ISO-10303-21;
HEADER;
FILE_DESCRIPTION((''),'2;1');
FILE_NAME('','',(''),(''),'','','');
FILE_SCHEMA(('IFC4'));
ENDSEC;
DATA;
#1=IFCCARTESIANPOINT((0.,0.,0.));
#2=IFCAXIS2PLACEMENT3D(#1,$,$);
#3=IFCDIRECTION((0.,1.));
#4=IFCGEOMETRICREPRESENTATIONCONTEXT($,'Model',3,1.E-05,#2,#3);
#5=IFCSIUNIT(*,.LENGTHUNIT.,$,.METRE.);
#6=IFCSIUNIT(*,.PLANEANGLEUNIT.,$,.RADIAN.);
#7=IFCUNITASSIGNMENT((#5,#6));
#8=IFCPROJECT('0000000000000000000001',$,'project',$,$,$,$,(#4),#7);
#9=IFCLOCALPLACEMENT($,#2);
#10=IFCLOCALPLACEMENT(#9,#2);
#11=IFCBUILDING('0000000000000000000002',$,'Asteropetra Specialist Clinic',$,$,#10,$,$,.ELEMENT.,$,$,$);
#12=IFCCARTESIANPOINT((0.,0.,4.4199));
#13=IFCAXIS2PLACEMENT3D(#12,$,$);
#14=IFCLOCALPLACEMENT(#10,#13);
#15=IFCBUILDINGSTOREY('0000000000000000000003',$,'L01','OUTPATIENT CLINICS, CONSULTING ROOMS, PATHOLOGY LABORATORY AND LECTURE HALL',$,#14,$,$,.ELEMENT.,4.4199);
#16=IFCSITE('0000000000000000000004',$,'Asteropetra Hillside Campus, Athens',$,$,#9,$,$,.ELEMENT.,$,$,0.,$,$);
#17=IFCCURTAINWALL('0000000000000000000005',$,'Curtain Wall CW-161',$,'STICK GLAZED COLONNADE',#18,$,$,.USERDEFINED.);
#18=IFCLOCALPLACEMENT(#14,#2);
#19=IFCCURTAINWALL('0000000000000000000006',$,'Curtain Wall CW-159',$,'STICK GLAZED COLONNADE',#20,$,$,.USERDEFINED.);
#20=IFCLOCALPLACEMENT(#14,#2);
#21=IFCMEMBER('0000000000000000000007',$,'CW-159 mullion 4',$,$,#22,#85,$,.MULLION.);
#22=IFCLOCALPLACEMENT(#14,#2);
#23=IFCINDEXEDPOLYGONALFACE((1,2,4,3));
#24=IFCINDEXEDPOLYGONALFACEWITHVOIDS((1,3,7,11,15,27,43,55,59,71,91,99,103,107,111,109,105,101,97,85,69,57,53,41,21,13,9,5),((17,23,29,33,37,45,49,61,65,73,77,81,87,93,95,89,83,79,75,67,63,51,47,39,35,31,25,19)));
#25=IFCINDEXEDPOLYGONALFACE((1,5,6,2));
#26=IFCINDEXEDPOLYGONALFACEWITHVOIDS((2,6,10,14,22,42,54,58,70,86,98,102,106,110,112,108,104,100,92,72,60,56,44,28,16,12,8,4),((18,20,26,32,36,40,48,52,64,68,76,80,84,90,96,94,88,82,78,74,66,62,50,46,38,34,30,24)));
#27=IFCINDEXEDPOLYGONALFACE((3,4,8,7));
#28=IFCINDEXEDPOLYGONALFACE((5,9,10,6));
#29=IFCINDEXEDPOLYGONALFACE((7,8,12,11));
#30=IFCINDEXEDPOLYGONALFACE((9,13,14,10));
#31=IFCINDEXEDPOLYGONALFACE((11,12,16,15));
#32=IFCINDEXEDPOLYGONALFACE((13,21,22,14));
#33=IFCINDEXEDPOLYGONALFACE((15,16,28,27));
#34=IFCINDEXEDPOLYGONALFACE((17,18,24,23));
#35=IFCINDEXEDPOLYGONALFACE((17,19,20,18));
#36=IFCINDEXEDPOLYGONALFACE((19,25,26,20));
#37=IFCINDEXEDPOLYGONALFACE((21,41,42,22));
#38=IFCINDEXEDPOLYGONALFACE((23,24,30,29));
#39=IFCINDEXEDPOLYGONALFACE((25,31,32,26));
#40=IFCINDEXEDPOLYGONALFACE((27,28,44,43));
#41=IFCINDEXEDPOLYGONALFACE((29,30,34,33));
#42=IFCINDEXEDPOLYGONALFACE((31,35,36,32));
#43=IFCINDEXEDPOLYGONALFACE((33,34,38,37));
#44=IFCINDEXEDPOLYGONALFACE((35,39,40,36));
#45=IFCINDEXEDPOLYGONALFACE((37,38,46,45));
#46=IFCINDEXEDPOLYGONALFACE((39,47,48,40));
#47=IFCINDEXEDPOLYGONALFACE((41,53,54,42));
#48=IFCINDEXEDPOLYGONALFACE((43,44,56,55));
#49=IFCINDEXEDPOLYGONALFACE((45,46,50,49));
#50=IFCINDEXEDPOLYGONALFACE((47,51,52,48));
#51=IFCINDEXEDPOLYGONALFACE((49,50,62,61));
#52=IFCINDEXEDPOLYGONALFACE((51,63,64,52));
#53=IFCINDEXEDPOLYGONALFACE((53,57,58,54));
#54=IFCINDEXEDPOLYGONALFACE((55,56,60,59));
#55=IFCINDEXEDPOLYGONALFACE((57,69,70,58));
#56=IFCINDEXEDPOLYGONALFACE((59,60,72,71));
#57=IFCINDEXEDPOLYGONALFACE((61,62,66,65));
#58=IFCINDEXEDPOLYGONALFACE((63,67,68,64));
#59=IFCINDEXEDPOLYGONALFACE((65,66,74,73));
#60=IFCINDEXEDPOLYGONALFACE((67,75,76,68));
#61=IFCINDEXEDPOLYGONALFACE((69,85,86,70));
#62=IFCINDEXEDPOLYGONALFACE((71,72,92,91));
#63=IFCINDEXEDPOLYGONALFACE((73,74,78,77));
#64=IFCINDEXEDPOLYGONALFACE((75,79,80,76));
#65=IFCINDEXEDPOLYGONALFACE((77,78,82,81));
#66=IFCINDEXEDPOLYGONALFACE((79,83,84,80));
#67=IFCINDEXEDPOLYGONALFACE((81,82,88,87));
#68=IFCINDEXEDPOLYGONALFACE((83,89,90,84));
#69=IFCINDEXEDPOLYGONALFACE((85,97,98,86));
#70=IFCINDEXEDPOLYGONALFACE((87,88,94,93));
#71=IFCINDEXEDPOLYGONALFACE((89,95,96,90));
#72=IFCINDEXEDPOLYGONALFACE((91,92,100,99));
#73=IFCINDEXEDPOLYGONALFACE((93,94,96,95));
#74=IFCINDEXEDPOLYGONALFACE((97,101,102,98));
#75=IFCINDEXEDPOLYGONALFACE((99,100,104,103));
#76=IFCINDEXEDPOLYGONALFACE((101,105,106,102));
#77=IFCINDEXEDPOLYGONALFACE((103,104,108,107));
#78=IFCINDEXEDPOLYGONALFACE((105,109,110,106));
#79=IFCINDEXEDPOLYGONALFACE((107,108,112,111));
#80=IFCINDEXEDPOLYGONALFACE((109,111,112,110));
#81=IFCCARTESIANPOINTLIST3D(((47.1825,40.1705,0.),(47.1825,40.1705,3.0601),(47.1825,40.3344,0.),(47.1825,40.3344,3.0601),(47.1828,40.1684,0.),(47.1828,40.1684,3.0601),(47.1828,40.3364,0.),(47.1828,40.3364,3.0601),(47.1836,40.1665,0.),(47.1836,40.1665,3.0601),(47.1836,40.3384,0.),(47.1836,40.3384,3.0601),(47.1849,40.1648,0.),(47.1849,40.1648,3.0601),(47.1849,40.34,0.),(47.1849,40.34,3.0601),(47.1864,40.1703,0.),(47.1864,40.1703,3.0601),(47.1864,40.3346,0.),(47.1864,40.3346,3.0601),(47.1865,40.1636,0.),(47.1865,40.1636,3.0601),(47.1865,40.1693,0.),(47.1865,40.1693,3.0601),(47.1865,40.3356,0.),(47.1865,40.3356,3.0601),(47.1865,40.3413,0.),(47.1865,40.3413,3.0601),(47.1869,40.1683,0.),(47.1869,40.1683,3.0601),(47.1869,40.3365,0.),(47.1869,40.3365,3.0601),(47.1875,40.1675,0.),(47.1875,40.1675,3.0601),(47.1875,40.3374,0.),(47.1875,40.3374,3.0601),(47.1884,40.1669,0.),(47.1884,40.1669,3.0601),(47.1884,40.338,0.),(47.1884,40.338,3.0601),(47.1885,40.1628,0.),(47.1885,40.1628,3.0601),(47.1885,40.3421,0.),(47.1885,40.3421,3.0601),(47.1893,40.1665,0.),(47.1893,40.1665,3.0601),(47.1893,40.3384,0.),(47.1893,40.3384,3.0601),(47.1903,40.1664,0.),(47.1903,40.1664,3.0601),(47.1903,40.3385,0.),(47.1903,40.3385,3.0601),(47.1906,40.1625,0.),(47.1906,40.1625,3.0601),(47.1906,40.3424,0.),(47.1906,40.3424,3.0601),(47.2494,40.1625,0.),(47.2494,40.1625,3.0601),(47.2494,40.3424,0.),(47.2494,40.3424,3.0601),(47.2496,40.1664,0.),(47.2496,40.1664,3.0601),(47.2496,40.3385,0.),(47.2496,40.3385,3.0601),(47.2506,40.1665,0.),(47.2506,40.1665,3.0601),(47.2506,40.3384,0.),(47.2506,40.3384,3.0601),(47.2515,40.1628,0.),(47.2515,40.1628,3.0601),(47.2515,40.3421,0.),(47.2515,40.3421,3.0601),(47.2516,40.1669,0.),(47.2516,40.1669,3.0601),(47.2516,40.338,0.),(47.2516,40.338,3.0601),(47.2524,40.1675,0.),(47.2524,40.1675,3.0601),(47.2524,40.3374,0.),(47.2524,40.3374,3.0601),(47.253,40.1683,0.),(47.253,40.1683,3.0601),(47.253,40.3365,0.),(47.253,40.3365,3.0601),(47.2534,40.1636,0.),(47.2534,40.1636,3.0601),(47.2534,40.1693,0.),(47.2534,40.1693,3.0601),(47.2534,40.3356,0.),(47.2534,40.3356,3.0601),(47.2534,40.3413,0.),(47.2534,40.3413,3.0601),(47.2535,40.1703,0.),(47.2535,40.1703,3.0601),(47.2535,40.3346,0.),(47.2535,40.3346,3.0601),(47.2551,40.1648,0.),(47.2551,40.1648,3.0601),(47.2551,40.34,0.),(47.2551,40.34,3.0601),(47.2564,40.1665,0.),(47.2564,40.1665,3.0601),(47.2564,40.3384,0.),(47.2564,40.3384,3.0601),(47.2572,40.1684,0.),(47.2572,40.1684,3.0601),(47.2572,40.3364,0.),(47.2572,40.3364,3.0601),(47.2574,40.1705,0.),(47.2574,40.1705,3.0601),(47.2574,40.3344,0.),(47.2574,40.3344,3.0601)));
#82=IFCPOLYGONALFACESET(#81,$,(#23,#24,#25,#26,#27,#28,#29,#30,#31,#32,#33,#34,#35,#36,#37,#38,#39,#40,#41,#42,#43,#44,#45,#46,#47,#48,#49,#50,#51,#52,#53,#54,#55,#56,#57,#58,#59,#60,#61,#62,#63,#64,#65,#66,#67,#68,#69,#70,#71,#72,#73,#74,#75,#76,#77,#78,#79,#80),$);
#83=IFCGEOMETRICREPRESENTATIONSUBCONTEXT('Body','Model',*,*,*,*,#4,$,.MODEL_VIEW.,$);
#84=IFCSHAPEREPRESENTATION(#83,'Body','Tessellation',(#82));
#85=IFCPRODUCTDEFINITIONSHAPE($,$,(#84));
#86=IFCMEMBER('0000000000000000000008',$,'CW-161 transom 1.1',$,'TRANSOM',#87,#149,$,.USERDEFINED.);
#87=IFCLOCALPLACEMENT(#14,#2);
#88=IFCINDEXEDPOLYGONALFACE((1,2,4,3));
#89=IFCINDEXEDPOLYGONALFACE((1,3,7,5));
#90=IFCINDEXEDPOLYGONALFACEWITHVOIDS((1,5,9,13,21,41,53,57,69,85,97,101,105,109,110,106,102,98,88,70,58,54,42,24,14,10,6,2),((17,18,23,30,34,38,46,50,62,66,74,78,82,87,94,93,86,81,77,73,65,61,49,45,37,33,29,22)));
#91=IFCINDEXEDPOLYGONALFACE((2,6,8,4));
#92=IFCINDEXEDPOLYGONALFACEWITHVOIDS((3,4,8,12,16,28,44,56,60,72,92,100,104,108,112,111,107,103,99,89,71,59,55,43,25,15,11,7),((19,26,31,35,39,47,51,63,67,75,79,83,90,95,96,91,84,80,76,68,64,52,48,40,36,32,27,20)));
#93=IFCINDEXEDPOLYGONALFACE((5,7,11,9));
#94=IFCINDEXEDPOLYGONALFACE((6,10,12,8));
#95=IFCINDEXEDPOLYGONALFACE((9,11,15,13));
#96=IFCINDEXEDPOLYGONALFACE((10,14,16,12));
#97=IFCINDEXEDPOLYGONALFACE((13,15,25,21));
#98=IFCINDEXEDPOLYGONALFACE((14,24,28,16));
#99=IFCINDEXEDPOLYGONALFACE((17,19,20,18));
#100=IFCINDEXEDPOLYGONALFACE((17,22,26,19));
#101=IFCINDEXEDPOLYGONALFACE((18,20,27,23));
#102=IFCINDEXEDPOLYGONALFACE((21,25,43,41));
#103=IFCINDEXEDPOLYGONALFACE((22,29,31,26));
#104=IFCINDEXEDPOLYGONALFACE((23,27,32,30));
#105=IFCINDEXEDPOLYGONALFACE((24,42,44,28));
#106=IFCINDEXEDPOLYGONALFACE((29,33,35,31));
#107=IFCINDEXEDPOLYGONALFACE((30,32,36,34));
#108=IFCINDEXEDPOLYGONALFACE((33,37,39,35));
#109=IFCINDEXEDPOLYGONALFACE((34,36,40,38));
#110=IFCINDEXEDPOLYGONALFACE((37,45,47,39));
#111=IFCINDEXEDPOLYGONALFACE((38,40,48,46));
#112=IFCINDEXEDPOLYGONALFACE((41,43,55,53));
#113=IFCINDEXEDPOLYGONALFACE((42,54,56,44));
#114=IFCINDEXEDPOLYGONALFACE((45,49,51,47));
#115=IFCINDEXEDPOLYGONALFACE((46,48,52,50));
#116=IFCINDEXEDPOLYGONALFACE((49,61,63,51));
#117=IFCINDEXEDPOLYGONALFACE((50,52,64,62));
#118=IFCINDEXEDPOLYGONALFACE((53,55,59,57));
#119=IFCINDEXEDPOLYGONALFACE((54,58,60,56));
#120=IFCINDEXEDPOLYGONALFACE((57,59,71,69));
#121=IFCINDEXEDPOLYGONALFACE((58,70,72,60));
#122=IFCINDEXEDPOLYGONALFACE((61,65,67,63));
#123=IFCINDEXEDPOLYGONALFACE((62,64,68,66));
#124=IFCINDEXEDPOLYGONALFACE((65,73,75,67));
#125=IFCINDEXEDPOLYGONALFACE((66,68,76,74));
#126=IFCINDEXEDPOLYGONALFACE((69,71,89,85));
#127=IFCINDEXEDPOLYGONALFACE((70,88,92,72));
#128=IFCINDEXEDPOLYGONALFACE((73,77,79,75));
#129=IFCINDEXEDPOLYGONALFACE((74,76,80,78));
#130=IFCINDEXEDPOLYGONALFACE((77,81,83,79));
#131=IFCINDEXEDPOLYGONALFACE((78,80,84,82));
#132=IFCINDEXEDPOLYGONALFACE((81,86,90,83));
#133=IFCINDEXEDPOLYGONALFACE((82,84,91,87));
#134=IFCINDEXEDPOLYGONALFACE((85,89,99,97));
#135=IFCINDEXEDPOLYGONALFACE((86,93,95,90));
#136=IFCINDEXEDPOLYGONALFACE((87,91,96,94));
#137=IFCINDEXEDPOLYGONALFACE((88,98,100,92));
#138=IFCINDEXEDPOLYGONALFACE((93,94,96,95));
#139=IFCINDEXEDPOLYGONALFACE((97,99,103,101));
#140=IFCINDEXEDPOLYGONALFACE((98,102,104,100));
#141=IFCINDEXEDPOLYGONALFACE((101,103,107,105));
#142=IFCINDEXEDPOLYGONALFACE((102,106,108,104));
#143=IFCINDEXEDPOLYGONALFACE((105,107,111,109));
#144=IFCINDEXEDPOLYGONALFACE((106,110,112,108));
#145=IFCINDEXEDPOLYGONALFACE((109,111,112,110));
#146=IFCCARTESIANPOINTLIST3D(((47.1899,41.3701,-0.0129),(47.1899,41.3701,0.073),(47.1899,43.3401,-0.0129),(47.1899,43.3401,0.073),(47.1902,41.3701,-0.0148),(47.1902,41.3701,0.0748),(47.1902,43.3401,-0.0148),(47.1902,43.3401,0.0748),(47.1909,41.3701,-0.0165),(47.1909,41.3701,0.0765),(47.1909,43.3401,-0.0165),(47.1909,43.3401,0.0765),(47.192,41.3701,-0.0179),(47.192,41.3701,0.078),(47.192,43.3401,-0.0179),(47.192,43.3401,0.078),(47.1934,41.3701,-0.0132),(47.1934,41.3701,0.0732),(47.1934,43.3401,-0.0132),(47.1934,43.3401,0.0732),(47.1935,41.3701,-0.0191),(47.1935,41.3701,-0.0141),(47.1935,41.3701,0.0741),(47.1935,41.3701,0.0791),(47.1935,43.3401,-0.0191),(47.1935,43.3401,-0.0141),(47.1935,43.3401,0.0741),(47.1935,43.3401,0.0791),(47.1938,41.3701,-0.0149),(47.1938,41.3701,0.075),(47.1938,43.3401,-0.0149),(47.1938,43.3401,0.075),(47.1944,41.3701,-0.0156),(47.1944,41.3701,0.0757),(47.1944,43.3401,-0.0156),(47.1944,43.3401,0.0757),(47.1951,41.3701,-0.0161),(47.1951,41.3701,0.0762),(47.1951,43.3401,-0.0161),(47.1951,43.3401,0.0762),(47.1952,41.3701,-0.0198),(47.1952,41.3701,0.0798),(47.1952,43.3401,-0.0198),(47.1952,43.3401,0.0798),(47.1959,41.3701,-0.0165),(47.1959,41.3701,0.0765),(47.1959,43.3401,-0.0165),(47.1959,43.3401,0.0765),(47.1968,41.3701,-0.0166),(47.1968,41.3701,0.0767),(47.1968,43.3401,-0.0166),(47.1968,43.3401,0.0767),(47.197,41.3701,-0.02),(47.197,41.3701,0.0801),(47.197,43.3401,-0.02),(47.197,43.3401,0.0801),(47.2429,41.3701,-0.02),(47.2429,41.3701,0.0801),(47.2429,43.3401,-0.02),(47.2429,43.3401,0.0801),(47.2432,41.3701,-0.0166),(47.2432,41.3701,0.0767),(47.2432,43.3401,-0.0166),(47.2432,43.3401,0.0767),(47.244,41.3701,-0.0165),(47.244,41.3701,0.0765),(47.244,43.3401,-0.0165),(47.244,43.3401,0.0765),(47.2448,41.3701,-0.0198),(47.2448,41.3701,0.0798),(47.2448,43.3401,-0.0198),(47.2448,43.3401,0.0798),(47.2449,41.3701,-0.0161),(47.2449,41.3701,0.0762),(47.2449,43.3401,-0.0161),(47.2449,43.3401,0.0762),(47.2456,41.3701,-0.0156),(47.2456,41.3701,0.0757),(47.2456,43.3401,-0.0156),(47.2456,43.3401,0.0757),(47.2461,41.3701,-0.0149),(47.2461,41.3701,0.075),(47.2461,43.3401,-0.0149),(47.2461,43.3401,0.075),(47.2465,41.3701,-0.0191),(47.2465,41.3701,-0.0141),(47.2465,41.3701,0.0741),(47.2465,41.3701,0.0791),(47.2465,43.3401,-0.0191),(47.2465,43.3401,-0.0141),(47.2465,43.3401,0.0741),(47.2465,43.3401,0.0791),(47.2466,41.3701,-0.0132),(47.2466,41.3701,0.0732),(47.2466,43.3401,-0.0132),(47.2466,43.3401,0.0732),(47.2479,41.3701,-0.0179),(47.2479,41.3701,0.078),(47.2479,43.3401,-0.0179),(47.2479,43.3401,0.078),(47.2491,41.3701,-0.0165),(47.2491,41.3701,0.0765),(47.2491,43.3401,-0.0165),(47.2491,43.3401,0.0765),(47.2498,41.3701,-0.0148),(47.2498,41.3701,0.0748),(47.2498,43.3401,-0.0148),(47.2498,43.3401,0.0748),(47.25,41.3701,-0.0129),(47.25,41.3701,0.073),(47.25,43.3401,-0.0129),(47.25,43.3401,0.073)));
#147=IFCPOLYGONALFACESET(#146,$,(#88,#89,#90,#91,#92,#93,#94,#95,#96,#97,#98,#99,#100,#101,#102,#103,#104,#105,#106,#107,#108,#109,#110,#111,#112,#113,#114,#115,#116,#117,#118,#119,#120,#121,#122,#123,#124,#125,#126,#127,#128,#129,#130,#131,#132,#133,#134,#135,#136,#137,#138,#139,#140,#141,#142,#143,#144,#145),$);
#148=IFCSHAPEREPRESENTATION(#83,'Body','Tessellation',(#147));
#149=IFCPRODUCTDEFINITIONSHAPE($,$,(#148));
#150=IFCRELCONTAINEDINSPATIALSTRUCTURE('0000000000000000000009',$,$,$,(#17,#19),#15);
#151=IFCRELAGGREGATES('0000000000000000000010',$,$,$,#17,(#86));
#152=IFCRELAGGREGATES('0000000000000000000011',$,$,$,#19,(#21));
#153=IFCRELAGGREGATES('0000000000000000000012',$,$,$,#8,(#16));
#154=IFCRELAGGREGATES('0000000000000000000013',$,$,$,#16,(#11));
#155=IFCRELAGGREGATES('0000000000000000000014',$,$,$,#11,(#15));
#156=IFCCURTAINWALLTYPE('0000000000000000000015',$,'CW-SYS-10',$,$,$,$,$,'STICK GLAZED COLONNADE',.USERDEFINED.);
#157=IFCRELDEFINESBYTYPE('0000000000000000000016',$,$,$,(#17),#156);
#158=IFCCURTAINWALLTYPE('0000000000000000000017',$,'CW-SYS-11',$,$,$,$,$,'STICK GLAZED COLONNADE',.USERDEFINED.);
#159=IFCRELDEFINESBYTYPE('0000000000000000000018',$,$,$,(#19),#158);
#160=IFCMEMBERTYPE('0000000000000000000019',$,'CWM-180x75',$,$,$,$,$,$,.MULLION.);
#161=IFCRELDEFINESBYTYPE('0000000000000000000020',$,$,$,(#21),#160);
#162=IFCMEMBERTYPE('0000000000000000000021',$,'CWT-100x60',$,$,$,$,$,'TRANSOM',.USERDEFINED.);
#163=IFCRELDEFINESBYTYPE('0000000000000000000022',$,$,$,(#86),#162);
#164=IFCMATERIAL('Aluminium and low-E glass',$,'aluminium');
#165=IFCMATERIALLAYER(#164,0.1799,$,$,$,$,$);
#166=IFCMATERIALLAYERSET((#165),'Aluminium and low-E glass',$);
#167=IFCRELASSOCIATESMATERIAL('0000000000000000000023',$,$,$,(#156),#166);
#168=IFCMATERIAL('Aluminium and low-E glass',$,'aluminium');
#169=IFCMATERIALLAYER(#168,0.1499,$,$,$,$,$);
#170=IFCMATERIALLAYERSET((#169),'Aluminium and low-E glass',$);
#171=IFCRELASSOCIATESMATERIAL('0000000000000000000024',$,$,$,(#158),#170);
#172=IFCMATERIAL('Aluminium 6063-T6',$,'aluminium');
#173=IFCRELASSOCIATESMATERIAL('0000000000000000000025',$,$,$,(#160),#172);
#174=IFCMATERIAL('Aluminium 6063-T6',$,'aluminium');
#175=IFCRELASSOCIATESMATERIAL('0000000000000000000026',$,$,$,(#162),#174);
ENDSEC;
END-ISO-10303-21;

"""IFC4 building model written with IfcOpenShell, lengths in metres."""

from ifc_helpers import new_model, si_unit, direction, frame, origin, origin_2d, place, context, subcontext, project, spatial, hollow_rectangle, extrude, material, layer, layer_set, material_profile, profile_set, type_object, element, aggregate, save


model = new_model("IFC4")

# Units and contexts
model_context = context("Model", 3, precision=1e-05, world=origin(), true_north=direction((0.0, 1.0)))
body_context = subcontext(model_context, "Body", "Model", "MODEL_VIEW")
ifc_project = project(units=[si_unit("LENGTHUNIT", "METRE"), si_unit("PLANEANGLEUNIT", "RADIAN")], contexts=[model_context])

# Site, building, storey
site_placement = place(None, origin())
site = spatial("IfcSite", under=ifc_project, at=site_placement, Name="Asteropetra Hillside Campus, Athens", CompositionType="ELEMENT", RefElevation=0.0)
building_placement = place(site_placement, origin())
building = spatial("IfcBuilding", under=site, at=building_placement, Name="Asteropetra Specialist Clinic", CompositionType="ELEMENT")
storey_placement = place(building_placement, frame((0.0, 0.0, 4.4199)))
storey = spatial("IfcBuildingStorey", under=building, at=storey_placement, Name="L01", Description="OUTPATIENT CLINICS, CONSULTING ROOMS, PATHOLOGY LABORATORY AND LECTURE HALL", CompositionType="ELEMENT", Elevation=4.4199)

# Curtain wall
ifc_material_1 = material(Name="Aluminium and low-E glass", Category="aluminium")
ifc_layer_1 = layer(ifc_material_1, 0.1799)
ifc_layer_set_1 = layer_set([ifc_layer_1], Name="Aluminium and low-E glass")
curtain_wall_type_1 = type_object("IfcCurtainWallType", Name="CW-SYS-10", ElementType="STICK GLAZED COLONNADE", PredefinedType="USERDEFINED", material=ifc_layer_set_1)
curtain_wall_1_placement = place(storey_placement, origin())
curtain_wall_1 = element("IfcCurtainWall", 1, at=curtain_wall_1_placement, inside=storey, type_object=curtain_wall_type_1, Name="Curtain Wall CW-161", ObjectType="STICK GLAZED COLONNADE", PredefinedType="USERDEFINED")

# Curtain wall, member
ifc_material_2 = material(Name="Aluminium and low-E glass", Category="aluminium")
ifc_layer_2 = layer(ifc_material_2, 0.1499)
ifc_layer_set_2 = layer_set([ifc_layer_2], Name="Aluminium and low-E glass")
curtain_wall_type_2 = type_object("IfcCurtainWallType", Name="CW-SYS-11", ElementType="STICK GLAZED COLONNADE", PredefinedType="USERDEFINED", material=ifc_layer_set_2)
curtain_wall_2_placement = place(storey_placement, origin())
curtain_wall_2 = element("IfcCurtainWall", 2, at=curtain_wall_2_placement, inside=storey, type_object=curtain_wall_type_2, Name="Curtain Wall CW-159", ObjectType="STICK GLAZED COLONNADE", PredefinedType="USERDEFINED")
ifc_material_3 = material(Name="Aluminium 6063-T6", Category="aluminium")
ifc_material_profile_1 = material_profile(ifc_material_3, hollow_rectangle(XDim=0.075, YDim=0.1799, WallThickness=0.0039, InnerFilletRadius=0.0039, OuterFilletRadius=0.0081, at=origin_2d()), Name="MUL 180x75x4.0")
ifc_profile_set_1 = profile_set([ifc_material_profile_1], Name="Aluminium 6063-T6")
member_type_1 = type_object("IfcMemberType", Name="CWM-180x75", PredefinedType="MULLION", material=ifc_profile_set_1)
member_1_placement = place(storey_placement, frame((47.22, 40.2524, 0.0), z_axis=(0.0, 0.0, 1.0), x_axis=(-1.0, 0.0, 0.0)))
member_1 = element("IfcMember", 3, at=member_1_placement, type_object=member_type_1, Name="CW-159 mullion 4", PredefinedType="MULLION", context=body_context, shape_type="SweptSolid", body=[
    extrude(hollow_rectangle(XDim=0.075, YDim=0.1799, WallThickness=0.0039, InnerFilletRadius=0.0039, OuterFilletRadius=0.0081, at=origin_2d()), origin(), (0.0, 0.0, 1.0), 3.0601),
])

# Member
ifc_material_4 = material(Name="Aluminium 6063-T6", Category="aluminium")
ifc_material_profile_2 = material_profile(ifc_material_4, hollow_rectangle(XDim=0.0601, YDim=0.1001, WallThickness=0.0034, InnerFilletRadius=0.0034, OuterFilletRadius=0.0071, at=origin_2d()), Name="TRN 100x60x3.5")
ifc_profile_set_2 = profile_set([ifc_material_profile_2], Name="Aluminium 6063-T6")
member_type_2 = type_object("IfcMemberType", Name="CWT-100x60", ElementType="TRANSOM", PredefinedType="USERDEFINED", material=ifc_profile_set_2)
member_2_placement = place(storey_placement, frame((47.22, 41.3701, 0.03), z_axis=(0.0, 1.0, 0.0), x_axis=(-1.0, 0.0, 0.0)))
member_2 = element("IfcMember", 4, at=member_2_placement, type_object=member_type_2, Name="CW-161 transom 1.1", ObjectType="TRANSOM", PredefinedType="USERDEFINED", context=body_context, shape_type="SweptSolid", body=[
    extrude(hollow_rectangle(XDim=0.0601, YDim=0.1001, WallThickness=0.0034, InnerFilletRadius=0.0034, OuterFilletRadius=0.0071, at=origin_2d()), origin(), (0.0, 0.0, 1.0), 1.97),
])

aggregate(curtain_wall_1, [member_2])
aggregate(curtain_wall_2, [member_1])

save(model, "model.ifc")
